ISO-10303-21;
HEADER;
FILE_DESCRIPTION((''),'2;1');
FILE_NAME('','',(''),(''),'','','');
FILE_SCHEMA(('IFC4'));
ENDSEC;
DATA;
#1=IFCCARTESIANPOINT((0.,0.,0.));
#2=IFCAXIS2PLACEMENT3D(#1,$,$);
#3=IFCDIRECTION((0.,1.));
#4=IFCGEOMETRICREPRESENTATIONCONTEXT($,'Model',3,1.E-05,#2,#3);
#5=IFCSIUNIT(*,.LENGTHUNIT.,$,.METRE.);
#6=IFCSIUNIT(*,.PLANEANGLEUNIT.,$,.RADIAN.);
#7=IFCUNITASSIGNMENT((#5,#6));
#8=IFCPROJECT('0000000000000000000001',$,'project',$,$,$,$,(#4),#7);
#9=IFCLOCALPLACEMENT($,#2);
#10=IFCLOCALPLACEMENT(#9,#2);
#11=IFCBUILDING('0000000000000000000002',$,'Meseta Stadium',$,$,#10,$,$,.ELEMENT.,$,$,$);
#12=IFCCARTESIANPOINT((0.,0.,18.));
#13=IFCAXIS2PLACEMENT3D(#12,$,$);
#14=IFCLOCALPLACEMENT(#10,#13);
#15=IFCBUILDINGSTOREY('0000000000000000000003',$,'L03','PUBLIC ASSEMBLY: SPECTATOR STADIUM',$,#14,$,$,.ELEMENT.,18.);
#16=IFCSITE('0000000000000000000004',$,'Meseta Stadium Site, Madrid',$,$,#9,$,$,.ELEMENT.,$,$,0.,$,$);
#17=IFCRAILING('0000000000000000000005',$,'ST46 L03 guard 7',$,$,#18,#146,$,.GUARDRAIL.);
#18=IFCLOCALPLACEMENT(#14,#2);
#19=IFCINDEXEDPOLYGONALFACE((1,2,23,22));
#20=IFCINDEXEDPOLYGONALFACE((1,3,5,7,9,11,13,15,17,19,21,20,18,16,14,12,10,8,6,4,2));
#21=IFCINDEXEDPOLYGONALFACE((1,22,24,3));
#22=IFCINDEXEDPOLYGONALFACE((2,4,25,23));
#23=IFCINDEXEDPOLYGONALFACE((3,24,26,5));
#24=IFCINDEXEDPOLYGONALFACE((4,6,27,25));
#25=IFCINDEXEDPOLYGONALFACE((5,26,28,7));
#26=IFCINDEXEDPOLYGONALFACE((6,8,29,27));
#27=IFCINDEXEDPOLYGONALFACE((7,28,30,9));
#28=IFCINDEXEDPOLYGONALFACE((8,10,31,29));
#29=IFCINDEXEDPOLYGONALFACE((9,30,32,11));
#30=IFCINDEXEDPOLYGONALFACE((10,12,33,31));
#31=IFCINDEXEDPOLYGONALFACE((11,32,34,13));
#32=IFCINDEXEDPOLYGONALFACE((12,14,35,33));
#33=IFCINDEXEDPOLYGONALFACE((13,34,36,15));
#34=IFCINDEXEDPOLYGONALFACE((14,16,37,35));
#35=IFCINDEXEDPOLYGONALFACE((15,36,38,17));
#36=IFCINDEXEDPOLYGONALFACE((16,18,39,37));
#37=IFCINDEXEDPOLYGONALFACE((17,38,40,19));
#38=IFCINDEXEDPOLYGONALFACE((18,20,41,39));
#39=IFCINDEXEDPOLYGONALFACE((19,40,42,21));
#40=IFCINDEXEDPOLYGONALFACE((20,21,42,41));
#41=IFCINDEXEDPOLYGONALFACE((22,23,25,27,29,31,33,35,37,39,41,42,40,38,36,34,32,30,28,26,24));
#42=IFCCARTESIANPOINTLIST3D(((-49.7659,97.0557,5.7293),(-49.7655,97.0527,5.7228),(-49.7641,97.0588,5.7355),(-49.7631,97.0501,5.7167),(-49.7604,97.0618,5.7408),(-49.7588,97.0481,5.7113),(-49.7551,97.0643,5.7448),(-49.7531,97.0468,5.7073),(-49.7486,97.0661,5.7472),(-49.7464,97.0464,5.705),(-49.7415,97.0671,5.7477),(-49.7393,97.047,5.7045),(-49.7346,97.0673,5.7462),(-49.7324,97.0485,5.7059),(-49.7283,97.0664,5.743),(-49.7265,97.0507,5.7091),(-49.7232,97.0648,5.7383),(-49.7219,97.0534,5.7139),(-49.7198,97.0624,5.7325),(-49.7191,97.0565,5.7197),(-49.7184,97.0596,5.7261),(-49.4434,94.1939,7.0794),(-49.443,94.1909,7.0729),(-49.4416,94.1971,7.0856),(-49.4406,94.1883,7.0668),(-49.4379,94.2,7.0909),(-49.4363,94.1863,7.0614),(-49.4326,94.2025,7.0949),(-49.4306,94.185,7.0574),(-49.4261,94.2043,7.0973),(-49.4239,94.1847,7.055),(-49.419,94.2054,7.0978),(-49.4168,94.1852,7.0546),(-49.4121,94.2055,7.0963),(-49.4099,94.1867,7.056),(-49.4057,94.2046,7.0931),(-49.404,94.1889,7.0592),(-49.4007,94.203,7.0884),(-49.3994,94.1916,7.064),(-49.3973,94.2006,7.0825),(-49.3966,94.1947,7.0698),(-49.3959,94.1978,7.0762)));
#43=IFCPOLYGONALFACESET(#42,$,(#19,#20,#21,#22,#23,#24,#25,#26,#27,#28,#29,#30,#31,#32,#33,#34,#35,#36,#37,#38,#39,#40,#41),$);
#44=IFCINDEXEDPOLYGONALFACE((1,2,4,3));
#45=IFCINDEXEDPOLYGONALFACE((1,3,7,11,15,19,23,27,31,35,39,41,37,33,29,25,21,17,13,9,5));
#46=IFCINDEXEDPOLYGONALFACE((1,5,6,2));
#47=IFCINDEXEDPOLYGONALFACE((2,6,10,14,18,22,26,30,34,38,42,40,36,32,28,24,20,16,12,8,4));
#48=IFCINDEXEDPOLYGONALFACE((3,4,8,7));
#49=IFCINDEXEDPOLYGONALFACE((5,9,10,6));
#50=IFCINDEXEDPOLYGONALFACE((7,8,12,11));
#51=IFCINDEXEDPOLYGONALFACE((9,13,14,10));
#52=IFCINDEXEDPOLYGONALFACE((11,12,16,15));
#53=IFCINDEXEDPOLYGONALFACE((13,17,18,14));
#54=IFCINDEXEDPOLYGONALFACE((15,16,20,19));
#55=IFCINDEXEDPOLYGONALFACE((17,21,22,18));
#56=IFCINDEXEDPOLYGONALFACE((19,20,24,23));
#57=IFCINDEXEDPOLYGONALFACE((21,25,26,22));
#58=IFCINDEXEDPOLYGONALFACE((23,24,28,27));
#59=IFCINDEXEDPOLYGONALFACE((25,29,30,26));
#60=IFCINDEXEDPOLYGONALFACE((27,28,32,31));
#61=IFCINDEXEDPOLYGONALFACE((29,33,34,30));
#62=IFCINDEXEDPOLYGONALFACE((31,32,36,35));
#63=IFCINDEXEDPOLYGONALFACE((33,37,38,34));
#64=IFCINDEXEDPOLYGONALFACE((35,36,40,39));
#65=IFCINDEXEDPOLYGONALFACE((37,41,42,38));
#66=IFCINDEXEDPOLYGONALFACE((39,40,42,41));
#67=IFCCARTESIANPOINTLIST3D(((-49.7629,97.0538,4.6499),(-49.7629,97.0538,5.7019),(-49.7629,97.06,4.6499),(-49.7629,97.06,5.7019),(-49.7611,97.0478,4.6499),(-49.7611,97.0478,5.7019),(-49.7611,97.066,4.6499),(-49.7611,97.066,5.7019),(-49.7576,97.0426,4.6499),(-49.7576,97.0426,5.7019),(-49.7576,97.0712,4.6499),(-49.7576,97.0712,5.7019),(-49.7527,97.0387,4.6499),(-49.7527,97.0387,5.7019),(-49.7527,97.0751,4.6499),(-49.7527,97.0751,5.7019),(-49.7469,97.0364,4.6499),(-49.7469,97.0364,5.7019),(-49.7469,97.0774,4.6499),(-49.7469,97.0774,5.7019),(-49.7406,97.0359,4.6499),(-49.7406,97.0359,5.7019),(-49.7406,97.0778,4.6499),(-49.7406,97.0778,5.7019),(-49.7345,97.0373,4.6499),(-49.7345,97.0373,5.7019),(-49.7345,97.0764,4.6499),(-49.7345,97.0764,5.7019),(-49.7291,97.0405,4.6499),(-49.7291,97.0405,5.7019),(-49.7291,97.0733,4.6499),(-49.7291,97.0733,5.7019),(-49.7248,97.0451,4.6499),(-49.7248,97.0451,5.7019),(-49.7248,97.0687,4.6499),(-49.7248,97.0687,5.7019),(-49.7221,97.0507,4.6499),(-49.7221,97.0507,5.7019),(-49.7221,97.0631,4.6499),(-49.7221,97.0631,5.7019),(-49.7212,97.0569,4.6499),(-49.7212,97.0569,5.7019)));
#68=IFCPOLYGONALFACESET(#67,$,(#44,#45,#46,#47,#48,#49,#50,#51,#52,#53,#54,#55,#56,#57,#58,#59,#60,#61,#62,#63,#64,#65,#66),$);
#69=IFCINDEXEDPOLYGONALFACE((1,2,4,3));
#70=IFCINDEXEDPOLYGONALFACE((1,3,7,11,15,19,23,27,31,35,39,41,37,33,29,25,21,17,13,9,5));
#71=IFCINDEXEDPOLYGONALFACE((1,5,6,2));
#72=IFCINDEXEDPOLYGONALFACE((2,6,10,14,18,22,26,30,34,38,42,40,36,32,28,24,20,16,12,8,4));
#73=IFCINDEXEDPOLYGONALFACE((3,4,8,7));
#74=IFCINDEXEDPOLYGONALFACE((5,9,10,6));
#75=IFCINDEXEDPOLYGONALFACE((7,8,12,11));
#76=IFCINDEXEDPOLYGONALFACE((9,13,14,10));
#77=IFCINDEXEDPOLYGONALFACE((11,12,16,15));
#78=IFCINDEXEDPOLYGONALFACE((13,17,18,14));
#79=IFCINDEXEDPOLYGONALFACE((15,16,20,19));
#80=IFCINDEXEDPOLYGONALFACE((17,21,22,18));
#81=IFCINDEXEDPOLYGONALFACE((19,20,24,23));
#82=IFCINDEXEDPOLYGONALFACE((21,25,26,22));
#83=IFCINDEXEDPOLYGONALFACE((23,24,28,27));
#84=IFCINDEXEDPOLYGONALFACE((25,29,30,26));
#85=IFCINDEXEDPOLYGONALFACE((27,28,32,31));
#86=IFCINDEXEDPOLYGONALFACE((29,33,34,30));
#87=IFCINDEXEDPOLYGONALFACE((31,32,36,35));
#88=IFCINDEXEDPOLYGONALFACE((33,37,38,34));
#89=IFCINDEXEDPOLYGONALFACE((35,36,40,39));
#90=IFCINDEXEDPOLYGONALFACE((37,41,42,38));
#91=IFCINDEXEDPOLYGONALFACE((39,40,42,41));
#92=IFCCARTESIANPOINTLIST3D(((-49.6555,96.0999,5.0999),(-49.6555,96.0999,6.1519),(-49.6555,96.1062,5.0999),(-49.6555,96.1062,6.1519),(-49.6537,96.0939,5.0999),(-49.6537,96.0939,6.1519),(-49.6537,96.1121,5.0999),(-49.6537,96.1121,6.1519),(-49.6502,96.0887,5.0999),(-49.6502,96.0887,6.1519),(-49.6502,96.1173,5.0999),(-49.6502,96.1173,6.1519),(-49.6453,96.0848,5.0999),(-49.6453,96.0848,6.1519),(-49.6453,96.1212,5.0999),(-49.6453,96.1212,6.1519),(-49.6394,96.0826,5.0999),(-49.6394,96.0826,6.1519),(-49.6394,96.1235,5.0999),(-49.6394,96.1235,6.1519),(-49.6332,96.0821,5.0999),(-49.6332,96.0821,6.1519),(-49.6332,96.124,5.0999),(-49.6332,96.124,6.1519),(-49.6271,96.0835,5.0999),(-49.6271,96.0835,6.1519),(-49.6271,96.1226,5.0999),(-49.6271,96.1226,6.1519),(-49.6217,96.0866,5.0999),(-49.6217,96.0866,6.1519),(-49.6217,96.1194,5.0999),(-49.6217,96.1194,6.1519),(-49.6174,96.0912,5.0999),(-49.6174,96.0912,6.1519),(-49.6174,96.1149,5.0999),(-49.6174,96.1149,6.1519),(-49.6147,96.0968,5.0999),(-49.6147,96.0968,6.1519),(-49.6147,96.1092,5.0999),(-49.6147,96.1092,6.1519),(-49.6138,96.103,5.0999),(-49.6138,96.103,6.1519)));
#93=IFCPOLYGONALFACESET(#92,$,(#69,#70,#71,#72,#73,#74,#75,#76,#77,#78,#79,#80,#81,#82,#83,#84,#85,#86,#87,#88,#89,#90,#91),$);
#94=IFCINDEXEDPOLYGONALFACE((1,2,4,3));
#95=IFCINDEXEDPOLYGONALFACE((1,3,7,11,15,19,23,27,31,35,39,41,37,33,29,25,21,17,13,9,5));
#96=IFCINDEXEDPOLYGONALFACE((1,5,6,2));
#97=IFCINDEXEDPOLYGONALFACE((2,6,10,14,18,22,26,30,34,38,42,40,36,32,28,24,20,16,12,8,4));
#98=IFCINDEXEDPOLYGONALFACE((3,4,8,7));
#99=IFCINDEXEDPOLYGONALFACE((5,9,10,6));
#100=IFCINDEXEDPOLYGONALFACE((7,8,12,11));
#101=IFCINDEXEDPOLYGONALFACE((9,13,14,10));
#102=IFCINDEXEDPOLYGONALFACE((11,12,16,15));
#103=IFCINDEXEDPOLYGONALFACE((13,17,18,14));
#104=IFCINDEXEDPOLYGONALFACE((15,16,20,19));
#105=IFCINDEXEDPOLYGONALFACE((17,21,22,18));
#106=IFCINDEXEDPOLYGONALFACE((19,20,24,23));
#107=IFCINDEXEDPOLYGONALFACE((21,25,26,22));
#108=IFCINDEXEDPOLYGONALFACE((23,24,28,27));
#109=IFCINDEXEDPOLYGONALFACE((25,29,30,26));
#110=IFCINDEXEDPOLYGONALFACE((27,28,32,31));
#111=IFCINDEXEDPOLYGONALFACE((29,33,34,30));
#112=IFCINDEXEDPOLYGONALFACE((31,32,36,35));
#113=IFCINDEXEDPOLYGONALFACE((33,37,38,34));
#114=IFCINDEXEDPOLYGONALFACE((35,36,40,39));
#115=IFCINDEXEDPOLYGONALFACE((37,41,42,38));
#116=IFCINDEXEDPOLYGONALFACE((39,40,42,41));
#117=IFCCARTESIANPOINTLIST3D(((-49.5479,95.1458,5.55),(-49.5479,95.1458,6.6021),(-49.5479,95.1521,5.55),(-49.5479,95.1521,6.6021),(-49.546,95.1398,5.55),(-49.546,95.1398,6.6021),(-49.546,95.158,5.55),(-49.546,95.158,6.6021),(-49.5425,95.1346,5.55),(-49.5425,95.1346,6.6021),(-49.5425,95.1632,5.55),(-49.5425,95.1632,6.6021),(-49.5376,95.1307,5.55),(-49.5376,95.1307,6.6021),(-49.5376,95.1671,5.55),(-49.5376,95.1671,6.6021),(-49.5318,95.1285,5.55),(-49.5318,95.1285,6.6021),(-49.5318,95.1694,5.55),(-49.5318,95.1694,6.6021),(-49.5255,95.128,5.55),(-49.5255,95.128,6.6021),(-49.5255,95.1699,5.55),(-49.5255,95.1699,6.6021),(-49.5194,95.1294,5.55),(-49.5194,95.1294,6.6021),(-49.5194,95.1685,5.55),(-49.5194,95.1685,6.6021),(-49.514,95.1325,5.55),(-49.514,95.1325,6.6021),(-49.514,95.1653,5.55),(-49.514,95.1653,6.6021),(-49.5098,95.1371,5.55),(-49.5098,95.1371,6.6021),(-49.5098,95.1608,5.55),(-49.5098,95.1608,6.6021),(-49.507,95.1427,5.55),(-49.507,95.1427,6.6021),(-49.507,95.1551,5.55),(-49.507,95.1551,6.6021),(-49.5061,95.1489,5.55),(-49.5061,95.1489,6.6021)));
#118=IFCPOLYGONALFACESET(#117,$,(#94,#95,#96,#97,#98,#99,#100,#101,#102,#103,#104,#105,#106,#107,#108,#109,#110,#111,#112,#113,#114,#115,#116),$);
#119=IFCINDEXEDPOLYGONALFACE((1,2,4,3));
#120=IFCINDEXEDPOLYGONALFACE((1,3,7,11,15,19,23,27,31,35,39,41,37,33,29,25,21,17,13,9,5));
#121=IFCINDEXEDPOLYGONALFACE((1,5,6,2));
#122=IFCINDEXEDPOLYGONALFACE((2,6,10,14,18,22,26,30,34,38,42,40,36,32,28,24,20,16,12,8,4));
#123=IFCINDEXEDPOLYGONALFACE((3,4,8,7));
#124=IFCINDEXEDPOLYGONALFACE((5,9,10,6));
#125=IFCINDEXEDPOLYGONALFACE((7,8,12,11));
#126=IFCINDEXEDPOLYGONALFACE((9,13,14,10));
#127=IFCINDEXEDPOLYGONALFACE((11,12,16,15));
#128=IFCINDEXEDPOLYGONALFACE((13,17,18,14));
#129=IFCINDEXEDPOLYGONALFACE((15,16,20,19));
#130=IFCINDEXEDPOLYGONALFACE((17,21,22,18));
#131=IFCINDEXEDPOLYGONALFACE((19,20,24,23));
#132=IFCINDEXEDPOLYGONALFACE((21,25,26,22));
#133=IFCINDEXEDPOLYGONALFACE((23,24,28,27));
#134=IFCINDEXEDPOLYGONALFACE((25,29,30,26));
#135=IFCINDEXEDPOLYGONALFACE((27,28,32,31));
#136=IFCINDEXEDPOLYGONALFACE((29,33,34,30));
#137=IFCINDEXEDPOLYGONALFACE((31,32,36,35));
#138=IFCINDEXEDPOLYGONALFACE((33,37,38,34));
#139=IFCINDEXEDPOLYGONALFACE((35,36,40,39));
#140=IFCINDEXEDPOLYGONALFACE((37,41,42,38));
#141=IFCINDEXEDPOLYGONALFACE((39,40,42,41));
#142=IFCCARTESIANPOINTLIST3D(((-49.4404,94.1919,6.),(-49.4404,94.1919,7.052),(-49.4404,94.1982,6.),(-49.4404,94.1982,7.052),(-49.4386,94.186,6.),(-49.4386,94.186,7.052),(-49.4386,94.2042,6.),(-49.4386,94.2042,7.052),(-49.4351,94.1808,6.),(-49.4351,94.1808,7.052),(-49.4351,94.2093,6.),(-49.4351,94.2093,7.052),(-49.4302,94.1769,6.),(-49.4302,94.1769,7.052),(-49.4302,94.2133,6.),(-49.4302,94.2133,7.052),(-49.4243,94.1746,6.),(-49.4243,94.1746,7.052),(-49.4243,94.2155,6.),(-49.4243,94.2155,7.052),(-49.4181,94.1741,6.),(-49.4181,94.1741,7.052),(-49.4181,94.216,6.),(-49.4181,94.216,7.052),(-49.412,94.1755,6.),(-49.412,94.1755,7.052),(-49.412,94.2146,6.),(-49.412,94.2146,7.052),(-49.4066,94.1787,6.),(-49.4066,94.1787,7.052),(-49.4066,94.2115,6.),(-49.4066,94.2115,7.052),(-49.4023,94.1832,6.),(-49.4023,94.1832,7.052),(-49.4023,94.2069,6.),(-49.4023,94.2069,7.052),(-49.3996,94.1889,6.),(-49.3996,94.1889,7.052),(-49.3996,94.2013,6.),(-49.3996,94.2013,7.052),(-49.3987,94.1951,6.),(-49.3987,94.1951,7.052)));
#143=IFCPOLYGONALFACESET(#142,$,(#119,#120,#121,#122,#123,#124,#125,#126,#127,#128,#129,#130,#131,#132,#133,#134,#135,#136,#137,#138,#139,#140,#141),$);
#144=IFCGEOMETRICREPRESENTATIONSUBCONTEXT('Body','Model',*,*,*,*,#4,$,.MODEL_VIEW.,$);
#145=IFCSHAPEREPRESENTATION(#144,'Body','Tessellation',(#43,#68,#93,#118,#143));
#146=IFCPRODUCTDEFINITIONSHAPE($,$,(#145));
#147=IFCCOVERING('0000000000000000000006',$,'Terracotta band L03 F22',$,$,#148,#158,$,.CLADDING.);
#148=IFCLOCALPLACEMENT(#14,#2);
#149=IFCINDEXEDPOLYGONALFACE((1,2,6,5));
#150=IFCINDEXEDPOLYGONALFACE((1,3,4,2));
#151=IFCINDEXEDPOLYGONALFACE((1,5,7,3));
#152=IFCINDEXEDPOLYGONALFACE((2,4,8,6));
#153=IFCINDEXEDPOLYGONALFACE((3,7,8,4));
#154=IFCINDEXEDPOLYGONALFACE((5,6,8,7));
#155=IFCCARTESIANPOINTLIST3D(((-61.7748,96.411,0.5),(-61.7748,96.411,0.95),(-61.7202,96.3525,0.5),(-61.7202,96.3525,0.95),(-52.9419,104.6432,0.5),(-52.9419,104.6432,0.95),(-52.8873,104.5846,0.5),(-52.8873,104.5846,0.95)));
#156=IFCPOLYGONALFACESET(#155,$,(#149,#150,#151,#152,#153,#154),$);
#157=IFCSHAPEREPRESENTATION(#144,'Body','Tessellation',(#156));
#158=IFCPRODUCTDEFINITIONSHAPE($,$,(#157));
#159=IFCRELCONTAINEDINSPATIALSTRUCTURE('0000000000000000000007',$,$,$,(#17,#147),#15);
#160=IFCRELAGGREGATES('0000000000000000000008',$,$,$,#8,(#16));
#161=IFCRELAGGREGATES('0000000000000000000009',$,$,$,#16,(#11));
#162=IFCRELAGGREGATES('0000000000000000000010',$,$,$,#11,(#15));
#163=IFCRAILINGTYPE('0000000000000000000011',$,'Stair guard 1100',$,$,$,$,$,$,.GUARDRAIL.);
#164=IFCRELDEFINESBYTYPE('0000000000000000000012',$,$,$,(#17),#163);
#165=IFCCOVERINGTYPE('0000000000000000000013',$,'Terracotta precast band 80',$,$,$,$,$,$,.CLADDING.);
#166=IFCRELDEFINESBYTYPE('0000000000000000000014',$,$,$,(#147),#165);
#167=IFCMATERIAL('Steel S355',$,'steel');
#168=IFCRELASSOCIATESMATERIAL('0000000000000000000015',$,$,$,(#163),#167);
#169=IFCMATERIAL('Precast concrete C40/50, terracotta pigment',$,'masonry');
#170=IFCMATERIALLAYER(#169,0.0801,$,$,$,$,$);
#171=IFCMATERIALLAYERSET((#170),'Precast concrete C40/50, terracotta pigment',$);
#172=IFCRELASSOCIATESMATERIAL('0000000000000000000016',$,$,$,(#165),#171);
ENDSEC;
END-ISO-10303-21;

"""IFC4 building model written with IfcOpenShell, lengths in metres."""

from ifc_helpers import new_model, si_unit, direction, frame, origin, origin_2d, place, context, subcontext, project, spatial, rectangle, circle, extrude, material, layer, layer_set, type_object, element, save


model = new_model("IFC4")

# Units and contexts
model_context = context("Model", 3, precision=1e-05, world=origin(), true_north=direction((0.0, 1.0)))
body_context = subcontext(model_context, "Body", "Model", "MODEL_VIEW")
ifc_project = project(units=[si_unit("LENGTHUNIT", "METRE"), si_unit("PLANEANGLEUNIT", "RADIAN")], contexts=[model_context])

# Site, building, storey
site_placement = place(None, origin())
site = spatial("IfcSite", under=ifc_project, at=site_placement, Name="Meseta Stadium Site, Madrid", CompositionType="ELEMENT", RefElevation=0.0)
building_placement = place(site_placement, origin())
building = spatial("IfcBuilding", under=site, at=building_placement, Name="Meseta Stadium", CompositionType="ELEMENT")
storey_placement = place(building_placement, frame((0.0, 0.0, 18.0)))
storey = spatial("IfcBuildingStorey", under=building, at=storey_placement, Name="L03", Description="PUBLIC ASSEMBLY: SPECTATOR STADIUM", CompositionType="ELEMENT", Elevation=18.0)

# Railing
ifc_material_1 = material(Name="Steel S355", Category="steel")
railing_type = type_object("IfcRailingType", Name="Stair guard 1100", PredefinedType="GUARDRAIL", material=ifc_material_1)
railing_1_placement = place(storey_placement, frame((-49.7422, 97.0569, 4.6499)))
element("IfcRailing", 1, at=railing_1_placement, inside=storey, type_object=railing_type, Name="ST46 L03 guard 7", PredefinedType="GUARDRAIL", context=body_context, shape_type="SweptSolid", body=[
    extrude(circle(Radius=0.0239, at=origin_2d()), frame((0.0, 0.0, 1.0762), z_axis=(0.101396, -0.899748, 0.424467), x_axis=(0.99371, 0.111985, 0.0)), (0.0, 0.0, 1.0), 3.1807),
    extrude(circle(Radius=0.021, at=origin_2d()), origin(), (0.0, 0.0, 1.0), 1.052),
    extrude(circle(Radius=0.021, at=origin_2d()), frame((0.1074, -0.9539, 0.45)), (0.0, 0.0, 1.0), 1.052),
    extrude(circle(Radius=0.021, at=origin_2d()), frame((0.2151, -1.908, 0.9001)), (0.0, 0.0, 1.0), 1.052),
    extrude(circle(Radius=0.021, at=origin_2d()), frame((0.3225, -2.8618, 1.3501)), (0.0, 0.0, 1.0), 1.052),
])

# Covering
ifc_material_2 = material(Name="Precast concrete C40/50, terracotta pigment", Category="masonry")
ifc_layer_1 = layer(ifc_material_2, 0.0801)
ifc_layer_set_1 = layer_set([ifc_layer_1], Name="Precast concrete C40/50, terracotta pigment")
covering_type_1 = type_object("IfcCoveringType", Name="Terracotta precast band 80", PredefinedType="CLADDING", material=ifc_layer_set_1)
covering_1_placement = place(storey_placement, frame((-57.3311, 100.4978, 0.5), z_axis=(0.0, 0.0, 1.0), x_axis=(0.731545, 0.681793, 0.0)))
element("IfcCovering", 2, at=covering_1_placement, inside=storey, type_object=covering_type_1, Name="Terracotta band L03 F22", PredefinedType="CLADDING", context=body_context, shape_type="SweptSolid", body=[
    extrude(rectangle(XDim=12.0742, YDim=0.0801, at=origin_2d()), origin(), (0.0, 0.0, 1.0), 0.45),
])

save(model, "model.ifc")
